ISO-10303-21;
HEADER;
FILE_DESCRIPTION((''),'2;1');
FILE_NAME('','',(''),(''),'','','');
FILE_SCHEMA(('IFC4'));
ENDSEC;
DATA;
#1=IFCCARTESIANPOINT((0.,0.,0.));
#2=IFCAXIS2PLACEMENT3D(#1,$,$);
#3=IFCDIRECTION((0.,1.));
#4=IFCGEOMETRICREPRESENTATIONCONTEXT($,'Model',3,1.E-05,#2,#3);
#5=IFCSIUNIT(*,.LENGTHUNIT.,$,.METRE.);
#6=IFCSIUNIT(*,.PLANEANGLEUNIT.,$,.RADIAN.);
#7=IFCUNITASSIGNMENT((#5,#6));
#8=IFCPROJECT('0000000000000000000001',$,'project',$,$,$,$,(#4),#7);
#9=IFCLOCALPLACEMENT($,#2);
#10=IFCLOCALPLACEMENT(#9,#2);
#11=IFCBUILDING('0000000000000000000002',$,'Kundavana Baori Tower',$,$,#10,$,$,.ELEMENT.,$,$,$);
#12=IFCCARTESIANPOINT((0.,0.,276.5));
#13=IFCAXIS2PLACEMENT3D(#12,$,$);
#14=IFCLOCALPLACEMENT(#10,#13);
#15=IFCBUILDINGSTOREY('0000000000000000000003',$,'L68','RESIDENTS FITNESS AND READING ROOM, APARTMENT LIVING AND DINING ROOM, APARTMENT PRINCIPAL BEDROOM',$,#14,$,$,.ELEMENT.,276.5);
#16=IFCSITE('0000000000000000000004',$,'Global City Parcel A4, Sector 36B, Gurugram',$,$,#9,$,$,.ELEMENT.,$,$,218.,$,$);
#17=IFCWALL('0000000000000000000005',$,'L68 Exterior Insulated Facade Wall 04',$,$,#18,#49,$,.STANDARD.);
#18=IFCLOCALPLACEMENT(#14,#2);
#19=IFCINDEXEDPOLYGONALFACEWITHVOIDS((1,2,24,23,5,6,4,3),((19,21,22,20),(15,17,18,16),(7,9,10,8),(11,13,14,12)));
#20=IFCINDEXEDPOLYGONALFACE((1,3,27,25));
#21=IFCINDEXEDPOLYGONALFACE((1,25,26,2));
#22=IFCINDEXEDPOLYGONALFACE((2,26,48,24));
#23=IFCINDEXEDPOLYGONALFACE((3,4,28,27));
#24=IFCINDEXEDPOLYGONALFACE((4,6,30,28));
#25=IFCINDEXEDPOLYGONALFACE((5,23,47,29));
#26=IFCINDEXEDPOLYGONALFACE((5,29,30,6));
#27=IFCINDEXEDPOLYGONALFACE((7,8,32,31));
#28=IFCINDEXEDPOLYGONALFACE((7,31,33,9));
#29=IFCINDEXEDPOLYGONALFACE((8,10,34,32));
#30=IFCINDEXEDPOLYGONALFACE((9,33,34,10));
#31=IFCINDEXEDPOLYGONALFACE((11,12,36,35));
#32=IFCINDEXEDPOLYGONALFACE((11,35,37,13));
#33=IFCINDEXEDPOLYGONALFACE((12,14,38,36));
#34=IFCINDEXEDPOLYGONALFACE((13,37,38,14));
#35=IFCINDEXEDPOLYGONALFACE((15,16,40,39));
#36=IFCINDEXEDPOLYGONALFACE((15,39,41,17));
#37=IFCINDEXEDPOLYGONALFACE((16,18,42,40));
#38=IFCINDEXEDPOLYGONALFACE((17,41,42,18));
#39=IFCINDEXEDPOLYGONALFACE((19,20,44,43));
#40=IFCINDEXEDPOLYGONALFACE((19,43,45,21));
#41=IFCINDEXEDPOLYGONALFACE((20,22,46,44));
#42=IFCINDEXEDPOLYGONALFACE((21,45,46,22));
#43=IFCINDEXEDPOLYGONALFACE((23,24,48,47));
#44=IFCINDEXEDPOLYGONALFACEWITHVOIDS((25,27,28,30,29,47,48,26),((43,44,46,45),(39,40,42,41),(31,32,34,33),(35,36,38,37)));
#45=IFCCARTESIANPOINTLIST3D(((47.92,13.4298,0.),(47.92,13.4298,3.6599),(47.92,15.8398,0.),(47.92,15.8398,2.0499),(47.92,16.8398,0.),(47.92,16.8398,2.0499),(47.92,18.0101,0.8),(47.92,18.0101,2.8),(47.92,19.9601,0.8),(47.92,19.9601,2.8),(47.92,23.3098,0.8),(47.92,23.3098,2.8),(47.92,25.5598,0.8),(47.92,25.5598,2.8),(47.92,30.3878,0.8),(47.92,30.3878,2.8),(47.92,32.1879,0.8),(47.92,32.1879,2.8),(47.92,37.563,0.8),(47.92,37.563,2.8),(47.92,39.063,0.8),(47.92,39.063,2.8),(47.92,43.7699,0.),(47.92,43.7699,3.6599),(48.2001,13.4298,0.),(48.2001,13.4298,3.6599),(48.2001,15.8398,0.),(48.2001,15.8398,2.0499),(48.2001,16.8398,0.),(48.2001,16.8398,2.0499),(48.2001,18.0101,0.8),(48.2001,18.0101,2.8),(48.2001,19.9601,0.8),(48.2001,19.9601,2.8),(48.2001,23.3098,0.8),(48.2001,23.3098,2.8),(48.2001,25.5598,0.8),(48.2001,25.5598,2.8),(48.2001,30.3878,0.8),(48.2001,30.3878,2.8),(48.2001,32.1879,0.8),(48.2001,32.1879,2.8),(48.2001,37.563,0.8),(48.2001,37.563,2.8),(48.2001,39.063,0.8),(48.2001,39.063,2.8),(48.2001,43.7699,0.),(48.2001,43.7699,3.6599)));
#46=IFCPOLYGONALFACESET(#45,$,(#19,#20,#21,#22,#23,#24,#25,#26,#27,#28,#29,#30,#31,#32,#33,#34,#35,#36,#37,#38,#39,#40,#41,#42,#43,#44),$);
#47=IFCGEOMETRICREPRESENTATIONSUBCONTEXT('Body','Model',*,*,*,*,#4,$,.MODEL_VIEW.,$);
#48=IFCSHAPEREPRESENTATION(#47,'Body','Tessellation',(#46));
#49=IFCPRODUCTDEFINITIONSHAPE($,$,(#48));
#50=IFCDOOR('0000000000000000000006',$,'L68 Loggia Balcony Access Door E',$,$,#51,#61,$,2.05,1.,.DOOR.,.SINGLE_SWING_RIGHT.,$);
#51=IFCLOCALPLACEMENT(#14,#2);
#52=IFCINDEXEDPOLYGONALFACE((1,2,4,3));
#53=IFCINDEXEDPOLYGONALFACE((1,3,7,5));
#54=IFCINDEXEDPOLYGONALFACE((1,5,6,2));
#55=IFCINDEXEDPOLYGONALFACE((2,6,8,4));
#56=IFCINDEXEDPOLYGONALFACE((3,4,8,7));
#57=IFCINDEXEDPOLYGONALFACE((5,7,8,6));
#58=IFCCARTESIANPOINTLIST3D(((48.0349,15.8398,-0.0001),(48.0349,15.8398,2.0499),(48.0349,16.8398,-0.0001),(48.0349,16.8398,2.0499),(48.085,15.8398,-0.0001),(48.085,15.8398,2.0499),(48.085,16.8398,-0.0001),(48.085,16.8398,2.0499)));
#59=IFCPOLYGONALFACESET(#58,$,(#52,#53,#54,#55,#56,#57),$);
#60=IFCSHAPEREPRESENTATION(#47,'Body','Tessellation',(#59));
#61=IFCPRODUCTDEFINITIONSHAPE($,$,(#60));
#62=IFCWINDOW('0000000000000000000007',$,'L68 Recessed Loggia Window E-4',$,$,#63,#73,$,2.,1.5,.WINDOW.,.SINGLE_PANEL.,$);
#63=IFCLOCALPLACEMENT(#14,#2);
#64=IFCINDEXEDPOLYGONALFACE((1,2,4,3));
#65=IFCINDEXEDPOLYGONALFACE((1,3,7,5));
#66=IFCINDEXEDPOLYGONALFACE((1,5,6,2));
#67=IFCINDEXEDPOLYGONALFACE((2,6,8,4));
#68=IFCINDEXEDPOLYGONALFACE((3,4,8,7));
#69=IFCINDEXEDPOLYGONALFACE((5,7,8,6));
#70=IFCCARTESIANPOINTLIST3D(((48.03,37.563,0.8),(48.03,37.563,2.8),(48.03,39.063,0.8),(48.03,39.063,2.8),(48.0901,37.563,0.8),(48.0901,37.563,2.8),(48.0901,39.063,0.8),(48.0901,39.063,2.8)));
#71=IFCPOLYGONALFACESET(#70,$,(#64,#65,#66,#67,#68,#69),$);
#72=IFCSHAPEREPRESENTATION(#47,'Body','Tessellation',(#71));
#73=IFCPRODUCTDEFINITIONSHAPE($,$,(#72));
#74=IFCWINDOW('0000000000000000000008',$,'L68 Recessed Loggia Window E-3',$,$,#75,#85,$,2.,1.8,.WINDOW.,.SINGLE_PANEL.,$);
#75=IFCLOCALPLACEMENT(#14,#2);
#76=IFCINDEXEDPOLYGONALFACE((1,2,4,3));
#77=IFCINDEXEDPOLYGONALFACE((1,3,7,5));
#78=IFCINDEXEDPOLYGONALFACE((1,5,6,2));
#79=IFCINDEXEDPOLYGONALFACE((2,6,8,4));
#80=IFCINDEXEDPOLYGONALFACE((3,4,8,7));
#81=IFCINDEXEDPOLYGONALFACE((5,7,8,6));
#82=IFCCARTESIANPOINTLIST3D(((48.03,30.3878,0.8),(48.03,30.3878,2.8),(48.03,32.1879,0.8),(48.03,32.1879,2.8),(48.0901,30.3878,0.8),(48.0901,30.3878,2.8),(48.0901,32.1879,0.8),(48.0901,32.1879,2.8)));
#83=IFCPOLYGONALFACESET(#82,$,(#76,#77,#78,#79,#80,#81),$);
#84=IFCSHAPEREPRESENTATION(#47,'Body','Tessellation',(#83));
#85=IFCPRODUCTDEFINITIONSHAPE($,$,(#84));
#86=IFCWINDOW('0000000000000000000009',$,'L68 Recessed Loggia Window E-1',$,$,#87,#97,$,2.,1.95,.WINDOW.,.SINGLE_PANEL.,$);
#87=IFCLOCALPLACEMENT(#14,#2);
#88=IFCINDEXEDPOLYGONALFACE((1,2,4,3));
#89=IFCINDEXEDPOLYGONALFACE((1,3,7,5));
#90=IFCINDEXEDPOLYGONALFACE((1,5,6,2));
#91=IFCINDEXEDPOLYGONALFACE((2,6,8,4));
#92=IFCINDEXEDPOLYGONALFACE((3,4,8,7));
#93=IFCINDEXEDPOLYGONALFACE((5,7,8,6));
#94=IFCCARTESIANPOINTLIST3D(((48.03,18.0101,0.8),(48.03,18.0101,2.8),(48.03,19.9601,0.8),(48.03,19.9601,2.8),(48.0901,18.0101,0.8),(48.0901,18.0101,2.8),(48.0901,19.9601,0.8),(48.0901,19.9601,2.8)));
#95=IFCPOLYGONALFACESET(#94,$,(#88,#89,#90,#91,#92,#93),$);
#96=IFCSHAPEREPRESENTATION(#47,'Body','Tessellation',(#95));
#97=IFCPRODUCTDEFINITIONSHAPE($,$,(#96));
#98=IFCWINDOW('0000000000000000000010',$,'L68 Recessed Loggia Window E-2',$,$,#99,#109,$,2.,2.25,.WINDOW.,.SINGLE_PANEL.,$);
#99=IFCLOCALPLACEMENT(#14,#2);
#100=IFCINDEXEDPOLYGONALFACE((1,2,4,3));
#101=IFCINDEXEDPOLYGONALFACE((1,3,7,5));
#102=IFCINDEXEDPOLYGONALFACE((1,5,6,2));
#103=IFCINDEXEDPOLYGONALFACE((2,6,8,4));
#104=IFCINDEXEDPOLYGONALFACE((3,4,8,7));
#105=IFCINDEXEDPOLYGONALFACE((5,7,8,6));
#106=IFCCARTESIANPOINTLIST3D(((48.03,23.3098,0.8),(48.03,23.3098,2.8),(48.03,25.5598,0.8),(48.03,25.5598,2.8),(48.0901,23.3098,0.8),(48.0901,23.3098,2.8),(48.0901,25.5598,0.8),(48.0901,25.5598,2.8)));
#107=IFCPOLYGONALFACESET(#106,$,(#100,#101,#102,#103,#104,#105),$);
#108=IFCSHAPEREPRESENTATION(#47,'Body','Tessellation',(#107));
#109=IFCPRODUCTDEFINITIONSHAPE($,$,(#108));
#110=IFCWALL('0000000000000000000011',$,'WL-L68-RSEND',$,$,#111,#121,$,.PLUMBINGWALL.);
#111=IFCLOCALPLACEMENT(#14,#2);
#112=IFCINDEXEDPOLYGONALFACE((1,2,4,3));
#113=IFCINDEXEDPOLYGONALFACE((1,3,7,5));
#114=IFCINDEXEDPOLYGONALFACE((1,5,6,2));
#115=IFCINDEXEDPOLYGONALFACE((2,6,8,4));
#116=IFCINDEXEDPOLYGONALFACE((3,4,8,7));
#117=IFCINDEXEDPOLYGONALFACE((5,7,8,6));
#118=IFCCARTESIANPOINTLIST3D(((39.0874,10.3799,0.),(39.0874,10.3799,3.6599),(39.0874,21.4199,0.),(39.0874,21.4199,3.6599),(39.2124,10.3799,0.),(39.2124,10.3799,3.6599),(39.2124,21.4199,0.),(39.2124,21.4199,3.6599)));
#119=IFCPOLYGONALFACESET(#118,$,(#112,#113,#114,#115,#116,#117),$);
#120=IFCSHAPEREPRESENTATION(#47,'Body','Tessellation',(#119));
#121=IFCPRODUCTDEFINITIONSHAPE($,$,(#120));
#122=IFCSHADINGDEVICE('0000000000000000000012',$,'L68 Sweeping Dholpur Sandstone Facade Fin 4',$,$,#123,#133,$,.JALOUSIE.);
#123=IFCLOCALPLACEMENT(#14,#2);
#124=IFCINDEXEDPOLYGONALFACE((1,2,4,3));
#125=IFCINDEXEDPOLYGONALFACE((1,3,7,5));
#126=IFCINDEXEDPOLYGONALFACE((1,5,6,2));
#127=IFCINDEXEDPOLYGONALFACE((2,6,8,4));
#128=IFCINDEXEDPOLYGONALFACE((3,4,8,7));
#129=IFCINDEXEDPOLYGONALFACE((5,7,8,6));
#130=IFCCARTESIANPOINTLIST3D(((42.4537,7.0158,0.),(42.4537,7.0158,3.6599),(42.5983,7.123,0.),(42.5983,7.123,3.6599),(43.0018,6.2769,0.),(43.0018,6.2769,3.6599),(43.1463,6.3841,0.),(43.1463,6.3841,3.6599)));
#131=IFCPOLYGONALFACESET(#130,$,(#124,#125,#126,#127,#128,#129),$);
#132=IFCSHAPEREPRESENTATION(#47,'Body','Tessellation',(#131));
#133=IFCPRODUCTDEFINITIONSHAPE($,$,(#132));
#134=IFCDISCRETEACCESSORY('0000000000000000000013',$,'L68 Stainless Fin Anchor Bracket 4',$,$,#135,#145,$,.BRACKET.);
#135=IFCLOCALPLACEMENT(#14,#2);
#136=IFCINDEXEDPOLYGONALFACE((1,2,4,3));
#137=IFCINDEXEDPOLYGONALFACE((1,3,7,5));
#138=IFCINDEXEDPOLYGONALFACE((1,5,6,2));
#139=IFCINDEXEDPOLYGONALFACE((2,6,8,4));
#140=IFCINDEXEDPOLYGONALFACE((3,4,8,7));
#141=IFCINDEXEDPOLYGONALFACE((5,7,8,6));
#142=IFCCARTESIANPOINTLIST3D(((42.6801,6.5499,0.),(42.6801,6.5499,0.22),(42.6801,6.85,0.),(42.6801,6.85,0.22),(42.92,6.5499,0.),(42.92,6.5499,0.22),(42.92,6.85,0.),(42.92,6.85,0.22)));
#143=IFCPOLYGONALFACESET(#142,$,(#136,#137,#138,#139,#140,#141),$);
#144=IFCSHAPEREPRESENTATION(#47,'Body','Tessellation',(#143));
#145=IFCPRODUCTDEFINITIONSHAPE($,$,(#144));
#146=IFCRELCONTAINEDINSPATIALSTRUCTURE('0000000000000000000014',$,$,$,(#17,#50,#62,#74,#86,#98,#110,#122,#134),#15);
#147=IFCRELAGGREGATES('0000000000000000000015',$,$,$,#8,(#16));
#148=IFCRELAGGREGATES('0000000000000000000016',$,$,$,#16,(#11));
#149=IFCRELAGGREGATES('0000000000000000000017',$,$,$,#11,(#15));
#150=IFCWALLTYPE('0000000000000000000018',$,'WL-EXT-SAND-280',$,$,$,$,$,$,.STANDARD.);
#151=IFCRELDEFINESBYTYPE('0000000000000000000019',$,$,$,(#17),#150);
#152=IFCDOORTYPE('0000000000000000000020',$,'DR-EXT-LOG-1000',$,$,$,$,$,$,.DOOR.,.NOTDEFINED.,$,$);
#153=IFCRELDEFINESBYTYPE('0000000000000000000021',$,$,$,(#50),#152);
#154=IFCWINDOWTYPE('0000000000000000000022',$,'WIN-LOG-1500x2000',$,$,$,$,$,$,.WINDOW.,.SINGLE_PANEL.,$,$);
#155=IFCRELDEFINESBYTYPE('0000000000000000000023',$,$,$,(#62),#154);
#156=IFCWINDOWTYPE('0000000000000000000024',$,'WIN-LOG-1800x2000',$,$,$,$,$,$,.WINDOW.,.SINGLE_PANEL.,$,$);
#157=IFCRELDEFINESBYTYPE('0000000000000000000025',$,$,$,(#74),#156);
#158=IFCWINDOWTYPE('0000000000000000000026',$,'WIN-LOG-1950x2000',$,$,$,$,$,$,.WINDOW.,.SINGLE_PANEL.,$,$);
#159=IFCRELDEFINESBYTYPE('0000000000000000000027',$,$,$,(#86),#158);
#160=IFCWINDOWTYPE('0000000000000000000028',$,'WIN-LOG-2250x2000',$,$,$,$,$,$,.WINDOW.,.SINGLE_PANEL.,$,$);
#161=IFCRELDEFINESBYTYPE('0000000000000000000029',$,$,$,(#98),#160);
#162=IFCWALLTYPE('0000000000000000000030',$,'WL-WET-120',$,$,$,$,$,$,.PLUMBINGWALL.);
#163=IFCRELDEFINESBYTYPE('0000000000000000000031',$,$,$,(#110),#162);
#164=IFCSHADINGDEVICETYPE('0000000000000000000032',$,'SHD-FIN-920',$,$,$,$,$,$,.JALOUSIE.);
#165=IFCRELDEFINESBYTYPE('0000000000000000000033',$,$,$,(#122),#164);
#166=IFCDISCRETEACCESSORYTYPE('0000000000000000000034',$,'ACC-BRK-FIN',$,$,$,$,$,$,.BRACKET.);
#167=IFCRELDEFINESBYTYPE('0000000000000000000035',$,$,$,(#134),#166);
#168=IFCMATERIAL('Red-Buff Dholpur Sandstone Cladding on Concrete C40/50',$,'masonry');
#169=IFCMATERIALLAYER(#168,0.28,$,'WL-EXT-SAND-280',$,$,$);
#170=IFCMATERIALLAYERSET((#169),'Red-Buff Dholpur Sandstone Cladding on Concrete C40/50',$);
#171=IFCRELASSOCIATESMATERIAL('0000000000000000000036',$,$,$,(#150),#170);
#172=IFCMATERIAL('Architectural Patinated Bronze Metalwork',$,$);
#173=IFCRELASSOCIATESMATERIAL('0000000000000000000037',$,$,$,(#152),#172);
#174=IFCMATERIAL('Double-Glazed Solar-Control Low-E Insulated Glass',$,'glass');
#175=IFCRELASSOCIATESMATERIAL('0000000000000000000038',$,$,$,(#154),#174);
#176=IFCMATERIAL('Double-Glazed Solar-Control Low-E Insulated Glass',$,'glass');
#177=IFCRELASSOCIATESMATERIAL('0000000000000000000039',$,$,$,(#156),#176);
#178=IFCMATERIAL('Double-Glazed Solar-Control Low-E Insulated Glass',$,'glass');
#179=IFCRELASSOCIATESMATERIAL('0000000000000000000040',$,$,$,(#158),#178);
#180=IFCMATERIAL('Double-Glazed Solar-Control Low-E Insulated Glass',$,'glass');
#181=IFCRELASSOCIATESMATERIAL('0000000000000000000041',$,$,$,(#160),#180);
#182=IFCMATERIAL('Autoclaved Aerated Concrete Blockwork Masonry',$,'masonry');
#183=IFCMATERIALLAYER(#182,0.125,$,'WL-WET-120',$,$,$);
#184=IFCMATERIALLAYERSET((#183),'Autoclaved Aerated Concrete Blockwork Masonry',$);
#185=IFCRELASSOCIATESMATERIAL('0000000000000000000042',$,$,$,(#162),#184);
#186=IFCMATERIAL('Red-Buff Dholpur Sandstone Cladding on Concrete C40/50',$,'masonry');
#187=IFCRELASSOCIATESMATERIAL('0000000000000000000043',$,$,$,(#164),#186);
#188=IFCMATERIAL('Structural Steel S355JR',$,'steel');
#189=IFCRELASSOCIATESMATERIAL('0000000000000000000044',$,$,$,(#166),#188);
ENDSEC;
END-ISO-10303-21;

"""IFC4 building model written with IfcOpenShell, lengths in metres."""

from ifc_helpers import new_model, si_unit, direction, frame, frame_2d, origin, origin_2d, place, context, subcontext, project, spatial, rectangle, extrude, material, layer, layer_set, type_object, element, fill, save


model = new_model("IFC4")

# Units and contexts
model_context = context("Model", 3, precision=1e-05, world=origin(), true_north=direction((0.0, 1.0)))
body_context = subcontext(model_context, "Body", "Model", "MODEL_VIEW")
ifc_project = project(units=[si_unit("LENGTHUNIT", "METRE"), si_unit("PLANEANGLEUNIT", "RADIAN")], contexts=[model_context])

# Site, building, storey
site_placement = place(None, origin())
site = spatial("IfcSite", under=ifc_project, at=site_placement, Name="Global City Parcel A4, Sector 36B, Gurugram", CompositionType="ELEMENT", RefElevation=218.0)
building_placement = place(site_placement, origin())
building = spatial("IfcBuilding", under=site, at=building_placement, Name="Kundavana Baori Tower", CompositionType="ELEMENT")
storey_placement = place(building_placement, frame((0.0, 0.0, 276.5)))
storey = spatial("IfcBuildingStorey", under=building, at=storey_placement, Name="L68", Description="RESIDENTS FITNESS AND READING ROOM, APARTMENT LIVING AND DINING ROOM, APARTMENT PRINCIPAL BEDROOM", CompositionType="ELEMENT", Elevation=276.5)

# Shared definitions
ifc_material_1 = material(Name="Red-Buff Dholpur Sandstone Cladding on Concrete C40/50", Category="masonry")
ifc_layer_1 = layer(ifc_material_1, 0.28, Name="WL-EXT-SAND-280")
ifc_layer_set_1 = layer_set([ifc_layer_1], Name="Red-Buff Dholpur Sandstone Cladding on Concrete C40/50")
wall_type_1 = type_object("IfcWallType", Name="WL-EXT-SAND-280", PredefinedType="STANDARD", material=ifc_layer_set_1)

# Wall, openings, door, windows
wall_1_placement = place(storey_placement, frame((48.0601, 13.4299, 0.0), z_axis=(0.0, 0.0, 1.0), x_axis=(0.0, 1.0, 0.0)))
wall_1 = element("IfcWall", 1, at=wall_1_placement, inside=storey, type_object=wall_type_1, Name="L68 Exterior Insulated Facade Wall 04", PredefinedType="STANDARD", context=body_context, shape_type="SweptSolid", body=[
    extrude(rectangle(XDim=30.3401, YDim=0.28, at=frame_2d((15.1699, 0.0))), origin(), (0.0, 0.0, 1.0), 3.6599),
])
opening_1_placement = place(wall_1_placement, frame((2.4099, 0.0, 0.0)))
opening_1 = element("IfcOpeningElement", 2, at=opening_1_placement, cuts=wall_1, PredefinedType="OPENING", context=body_context, shape_type="SweptSolid", body=[
    extrude(rectangle(XDim=1.0, YDim=2.05, at=frame_2d((0.5, 1.0249))), frame((0.0, 0.1499, 0.0), z_axis=(0.0, -1.0, 0.0), x_axis=(1.0, 0.0, 0.0)), (0.0, 0.0, 1.0), 0.3),
])
opening_2_placement = place(wall_1_placement, frame((4.5801, 0.0, 0.8)))
opening_2 = element("IfcOpeningElement", 3, at=opening_2_placement, cuts=wall_1, PredefinedType="OPENING", context=body_context, shape_type="SweptSolid", body=[
    extrude(rectangle(XDim=1.95, YDim=2.0, at=frame_2d((0.9751, 1.0))), frame((0.0, 0.1499, 0.0), z_axis=(0.0, -1.0, 0.0), x_axis=(1.0, 0.0, 0.0)), (0.0, 0.0, 1.0), 0.3),
])
opening_3_placement = place(wall_1_placement, frame((9.8799, 0.0, 0.8)))
opening_3 = element("IfcOpeningElement", 4, at=opening_3_placement, cuts=wall_1, PredefinedType="OPENING", context=body_context, shape_type="SweptSolid", body=[
    extrude(rectangle(XDim=2.25, YDim=2.0, at=frame_2d((1.125, 1.0))), frame((0.0, 0.1499, 0.0), z_axis=(0.0, -1.0, 0.0), x_axis=(1.0, 0.0, 0.0)), (0.0, 0.0, 1.0), 0.3),
])
opening_4_placement = place(wall_1_placement, frame((16.958, 0.0, 0.8)))
opening_4 = element("IfcOpeningElement", 5, at=opening_4_placement, cuts=wall_1, PredefinedType="OPENING", context=body_context, shape_type="SweptSolid", body=[
    extrude(rectangle(XDim=1.8, YDim=2.0, at=frame_2d((0.8999, 1.0))), frame((0.0, 0.1499, 0.0), z_axis=(0.0, -1.0, 0.0), x_axis=(1.0, 0.0, 0.0)), (0.0, 0.0, 1.0), 0.3),
])
opening_5_placement = place(wall_1_placement, frame((24.1331, 0.0, 0.8)))
opening_5 = element("IfcOpeningElement", 6, at=opening_5_placement, cuts=wall_1, PredefinedType="OPENING", context=body_context, shape_type="SweptSolid", body=[
    extrude(rectangle(XDim=1.5, YDim=2.0, at=frame_2d((0.75, 1.0))), frame((0.0, 0.1499, 0.0), z_axis=(0.0, -1.0, 0.0), x_axis=(1.0, 0.0, 0.0)), (0.0, 0.0, 1.0), 0.3),
])
ifc_material_2 = material(Name="Architectural Patinated Bronze Metalwork")
door_type = type_object("IfcDoorType", Name="DR-EXT-LOG-1000", OperationType="NOTDEFINED", PredefinedType="DOOR", material=ifc_material_2)
door_placement = place(opening_1_placement, frame((1.0, 0.0, 0.0), z_axis=(0.0, 0.0, 1.0), x_axis=(-1.0, 0.0, 0.0)))
door = element("IfcDoor", 7, at=door_placement, inside=storey, type_object=door_type, Name="L68 Loggia Balcony Access Door E", OperationType="SINGLE_SWING_RIGHT", OverallHeight=2.05, OverallWidth=1.0, PredefinedType="DOOR", context=body_context, shape_type="SweptSolid", body=[
    extrude(rectangle(XDim=1.0, YDim=2.05, at=frame_2d((0.5, 1.0249))), frame((0.0, 0.0249, 0.0), z_axis=(0.0, -1.0, 0.0), x_axis=(1.0, 0.0, 0.0)), (0.0, 0.0, 1.0), 0.05),
])
fill(opening_1, door)
ifc_material_3 = material(Name="Double-Glazed Solar-Control Low-E Insulated Glass", Category="glass")
window_type_1 = type_object("IfcWindowType", Name="WIN-LOG-1500x2000", PartitioningType="SINGLE_PANEL", PredefinedType="WINDOW", material=ifc_material_3)
window_1_placement = place(opening_5_placement, origin())
window_1 = element("IfcWindow", 8, at=window_1_placement, inside=storey, type_object=window_type_1, Name="L68 Recessed Loggia Window E-4", OverallHeight=2.0, OverallWidth=1.5, PartitioningType="SINGLE_PANEL", PredefinedType="WINDOW", context=body_context, shape_type="SweptSolid", body=[
    extrude(rectangle(XDim=1.5, YDim=2.0, at=frame_2d((0.75, 1.0))), frame((0.0, 0.03, 0.0), z_axis=(0.0, -1.0, 0.0), x_axis=(1.0, 0.0, 0.0)), (0.0, 0.0, 1.0), 0.0601),
])
fill(opening_5, window_1)
ifc_material_4 = material(Name="Double-Glazed Solar-Control Low-E Insulated Glass", Category="glass")
window_type_2 = type_object("IfcWindowType", Name="WIN-LOG-1800x2000", PartitioningType="SINGLE_PANEL", PredefinedType="WINDOW", material=ifc_material_4)
window_2_placement = place(opening_4_placement, origin())
window_2 = element("IfcWindow", 9, at=window_2_placement, inside=storey, type_object=window_type_2, Name="L68 Recessed Loggia Window E-3", OverallHeight=2.0, OverallWidth=1.8, PartitioningType="SINGLE_PANEL", PredefinedType="WINDOW", context=body_context, shape_type="SweptSolid", body=[
    extrude(rectangle(XDim=1.8, YDim=2.0, at=frame_2d((0.8999, 1.0))), frame((0.0, 0.03, 0.0), z_axis=(0.0, -1.0, 0.0), x_axis=(1.0, 0.0, 0.0)), (0.0, 0.0, 1.0), 0.0601),
])
fill(opening_4, window_2)
ifc_material_5 = material(Name="Double-Glazed Solar-Control Low-E Insulated Glass", Category="glass")
window_type_3 = type_object("IfcWindowType", Name="WIN-LOG-1950x2000", PartitioningType="SINGLE_PANEL", PredefinedType="WINDOW", material=ifc_material_5)
window_3_placement = place(opening_2_placement, origin())
window_3 = element("IfcWindow", 10, at=window_3_placement, inside=storey, type_object=window_type_3, Name="L68 Recessed Loggia Window E-1", OverallHeight=2.0, OverallWidth=1.95, PartitioningType="SINGLE_PANEL", PredefinedType="WINDOW", context=body_context, shape_type="SweptSolid", body=[
    extrude(rectangle(XDim=1.95, YDim=2.0, at=frame_2d((0.9751, 1.0))), frame((0.0, 0.03, 0.0), z_axis=(0.0, -1.0, 0.0), x_axis=(1.0, 0.0, 0.0)), (0.0, 0.0, 1.0), 0.0601),
])
fill(opening_2, window_3)
ifc_material_6 = material(Name="Double-Glazed Solar-Control Low-E Insulated Glass", Category="glass")
window_type_4 = type_object("IfcWindowType", Name="WIN-LOG-2250x2000", PartitioningType="SINGLE_PANEL", PredefinedType="WINDOW", material=ifc_material_6)
window_4_placement = place(opening_3_placement, origin())
window_4 = element("IfcWindow", 11, at=window_4_placement, inside=storey, type_object=window_type_4, Name="L68 Recessed Loggia Window E-2", OverallHeight=2.0, OverallWidth=2.25, PartitioningType="SINGLE_PANEL", PredefinedType="WINDOW", context=body_context, shape_type="SweptSolid", body=[
    extrude(rectangle(XDim=2.25, YDim=2.0, at=frame_2d((1.125, 1.0))), frame((0.0, 0.03, 0.0), z_axis=(0.0, -1.0, 0.0), x_axis=(1.0, 0.0, 0.0)), (0.0, 0.0, 1.0), 0.0601),
])
fill(opening_3, window_4)

# Wall
ifc_material_7 = material(Name="Autoclaved Aerated Concrete Blockwork Masonry", Category="masonry")
ifc_layer_2 = layer(ifc_material_7, 0.125, Name="WL-WET-120")
ifc_layer_set_2 = layer_set([ifc_layer_2], Name="Autoclaved Aerated Concrete Blockwork Masonry")
wall_type_2 = type_object("IfcWallType", Name="WL-WET-120", PredefinedType="PLUMBINGWALL", material=ifc_layer_set_2)
wall_2_placement = place(storey_placement, frame((39.1499, 10.3799, 0.0), z_axis=(0.0, 0.0, 1.0), x_axis=(0.0, 1.0, 0.0)))
element("IfcWall", 12, at=wall_2_placement, inside=storey, type_object=wall_type_2, Name="WL-L68-RSEND", PredefinedType="PLUMBINGWALL", context=body_context, shape_type="SweptSolid", body=[
    extrude(rectangle(XDim=11.04, YDim=0.125, at=frame_2d((5.52, 0.0))), origin(), (0.0, 0.0, 1.0), 3.6599),
])

# Shading device
ifc_material_8 = material(Name="Red-Buff Dholpur Sandstone Cladding on Concrete C40/50", Category="masonry")
shading_device_type = type_object("IfcShadingDeviceType", Name="SHD-FIN-920", PredefinedType="JALOUSIE", material=ifc_material_8)
shading_device_placement = place(storey_placement, frame((42.8, 6.7, 0.0), z_axis=(0.0, 0.0, 1.0), x_axis=(0.80313, 0.595804, 0.0)))
element("IfcShadingDevice", 13, at=shading_device_placement, inside=storey, type_object=shading_device_type, Name="L68 Sweeping Dholpur Sandstone Facade Fin 4", PredefinedType="JALOUSIE", context=body_context, shape_type="SweptSolid", body=[
    extrude(rectangle(XDim=0.1799, YDim=0.9199, at=origin_2d()), origin(), (0.0, 0.0, 1.0), 3.6599),
])

# Discrete accessory
ifc_material_9 = material(Name="Structural Steel S355JR", Category="steel")
discrete_accessory_type = type_object("IfcDiscreteAccessoryType", Name="ACC-BRK-FIN", PredefinedType="BRACKET", material=ifc_material_9)
discrete_accessory_placement = place(storey_placement, frame((42.8, 6.7, 0.0), z_axis=(0.0, 0.0, 1.0), x_axis=(1.0, 0.0, 0.0)))
element("IfcDiscreteAccessory", 14, at=discrete_accessory_placement, inside=storey, type_object=discrete_accessory_type, Name="L68 Stainless Fin Anchor Bracket 4", PredefinedType="BRACKET", context=body_context, shape_type="SweptSolid", body=[
    extrude(rectangle(XDim=0.24, YDim=0.3, at=origin_2d()), origin(), (0.0, 0.0, 1.0), 0.22),
])

save(model, "model.ifc")
